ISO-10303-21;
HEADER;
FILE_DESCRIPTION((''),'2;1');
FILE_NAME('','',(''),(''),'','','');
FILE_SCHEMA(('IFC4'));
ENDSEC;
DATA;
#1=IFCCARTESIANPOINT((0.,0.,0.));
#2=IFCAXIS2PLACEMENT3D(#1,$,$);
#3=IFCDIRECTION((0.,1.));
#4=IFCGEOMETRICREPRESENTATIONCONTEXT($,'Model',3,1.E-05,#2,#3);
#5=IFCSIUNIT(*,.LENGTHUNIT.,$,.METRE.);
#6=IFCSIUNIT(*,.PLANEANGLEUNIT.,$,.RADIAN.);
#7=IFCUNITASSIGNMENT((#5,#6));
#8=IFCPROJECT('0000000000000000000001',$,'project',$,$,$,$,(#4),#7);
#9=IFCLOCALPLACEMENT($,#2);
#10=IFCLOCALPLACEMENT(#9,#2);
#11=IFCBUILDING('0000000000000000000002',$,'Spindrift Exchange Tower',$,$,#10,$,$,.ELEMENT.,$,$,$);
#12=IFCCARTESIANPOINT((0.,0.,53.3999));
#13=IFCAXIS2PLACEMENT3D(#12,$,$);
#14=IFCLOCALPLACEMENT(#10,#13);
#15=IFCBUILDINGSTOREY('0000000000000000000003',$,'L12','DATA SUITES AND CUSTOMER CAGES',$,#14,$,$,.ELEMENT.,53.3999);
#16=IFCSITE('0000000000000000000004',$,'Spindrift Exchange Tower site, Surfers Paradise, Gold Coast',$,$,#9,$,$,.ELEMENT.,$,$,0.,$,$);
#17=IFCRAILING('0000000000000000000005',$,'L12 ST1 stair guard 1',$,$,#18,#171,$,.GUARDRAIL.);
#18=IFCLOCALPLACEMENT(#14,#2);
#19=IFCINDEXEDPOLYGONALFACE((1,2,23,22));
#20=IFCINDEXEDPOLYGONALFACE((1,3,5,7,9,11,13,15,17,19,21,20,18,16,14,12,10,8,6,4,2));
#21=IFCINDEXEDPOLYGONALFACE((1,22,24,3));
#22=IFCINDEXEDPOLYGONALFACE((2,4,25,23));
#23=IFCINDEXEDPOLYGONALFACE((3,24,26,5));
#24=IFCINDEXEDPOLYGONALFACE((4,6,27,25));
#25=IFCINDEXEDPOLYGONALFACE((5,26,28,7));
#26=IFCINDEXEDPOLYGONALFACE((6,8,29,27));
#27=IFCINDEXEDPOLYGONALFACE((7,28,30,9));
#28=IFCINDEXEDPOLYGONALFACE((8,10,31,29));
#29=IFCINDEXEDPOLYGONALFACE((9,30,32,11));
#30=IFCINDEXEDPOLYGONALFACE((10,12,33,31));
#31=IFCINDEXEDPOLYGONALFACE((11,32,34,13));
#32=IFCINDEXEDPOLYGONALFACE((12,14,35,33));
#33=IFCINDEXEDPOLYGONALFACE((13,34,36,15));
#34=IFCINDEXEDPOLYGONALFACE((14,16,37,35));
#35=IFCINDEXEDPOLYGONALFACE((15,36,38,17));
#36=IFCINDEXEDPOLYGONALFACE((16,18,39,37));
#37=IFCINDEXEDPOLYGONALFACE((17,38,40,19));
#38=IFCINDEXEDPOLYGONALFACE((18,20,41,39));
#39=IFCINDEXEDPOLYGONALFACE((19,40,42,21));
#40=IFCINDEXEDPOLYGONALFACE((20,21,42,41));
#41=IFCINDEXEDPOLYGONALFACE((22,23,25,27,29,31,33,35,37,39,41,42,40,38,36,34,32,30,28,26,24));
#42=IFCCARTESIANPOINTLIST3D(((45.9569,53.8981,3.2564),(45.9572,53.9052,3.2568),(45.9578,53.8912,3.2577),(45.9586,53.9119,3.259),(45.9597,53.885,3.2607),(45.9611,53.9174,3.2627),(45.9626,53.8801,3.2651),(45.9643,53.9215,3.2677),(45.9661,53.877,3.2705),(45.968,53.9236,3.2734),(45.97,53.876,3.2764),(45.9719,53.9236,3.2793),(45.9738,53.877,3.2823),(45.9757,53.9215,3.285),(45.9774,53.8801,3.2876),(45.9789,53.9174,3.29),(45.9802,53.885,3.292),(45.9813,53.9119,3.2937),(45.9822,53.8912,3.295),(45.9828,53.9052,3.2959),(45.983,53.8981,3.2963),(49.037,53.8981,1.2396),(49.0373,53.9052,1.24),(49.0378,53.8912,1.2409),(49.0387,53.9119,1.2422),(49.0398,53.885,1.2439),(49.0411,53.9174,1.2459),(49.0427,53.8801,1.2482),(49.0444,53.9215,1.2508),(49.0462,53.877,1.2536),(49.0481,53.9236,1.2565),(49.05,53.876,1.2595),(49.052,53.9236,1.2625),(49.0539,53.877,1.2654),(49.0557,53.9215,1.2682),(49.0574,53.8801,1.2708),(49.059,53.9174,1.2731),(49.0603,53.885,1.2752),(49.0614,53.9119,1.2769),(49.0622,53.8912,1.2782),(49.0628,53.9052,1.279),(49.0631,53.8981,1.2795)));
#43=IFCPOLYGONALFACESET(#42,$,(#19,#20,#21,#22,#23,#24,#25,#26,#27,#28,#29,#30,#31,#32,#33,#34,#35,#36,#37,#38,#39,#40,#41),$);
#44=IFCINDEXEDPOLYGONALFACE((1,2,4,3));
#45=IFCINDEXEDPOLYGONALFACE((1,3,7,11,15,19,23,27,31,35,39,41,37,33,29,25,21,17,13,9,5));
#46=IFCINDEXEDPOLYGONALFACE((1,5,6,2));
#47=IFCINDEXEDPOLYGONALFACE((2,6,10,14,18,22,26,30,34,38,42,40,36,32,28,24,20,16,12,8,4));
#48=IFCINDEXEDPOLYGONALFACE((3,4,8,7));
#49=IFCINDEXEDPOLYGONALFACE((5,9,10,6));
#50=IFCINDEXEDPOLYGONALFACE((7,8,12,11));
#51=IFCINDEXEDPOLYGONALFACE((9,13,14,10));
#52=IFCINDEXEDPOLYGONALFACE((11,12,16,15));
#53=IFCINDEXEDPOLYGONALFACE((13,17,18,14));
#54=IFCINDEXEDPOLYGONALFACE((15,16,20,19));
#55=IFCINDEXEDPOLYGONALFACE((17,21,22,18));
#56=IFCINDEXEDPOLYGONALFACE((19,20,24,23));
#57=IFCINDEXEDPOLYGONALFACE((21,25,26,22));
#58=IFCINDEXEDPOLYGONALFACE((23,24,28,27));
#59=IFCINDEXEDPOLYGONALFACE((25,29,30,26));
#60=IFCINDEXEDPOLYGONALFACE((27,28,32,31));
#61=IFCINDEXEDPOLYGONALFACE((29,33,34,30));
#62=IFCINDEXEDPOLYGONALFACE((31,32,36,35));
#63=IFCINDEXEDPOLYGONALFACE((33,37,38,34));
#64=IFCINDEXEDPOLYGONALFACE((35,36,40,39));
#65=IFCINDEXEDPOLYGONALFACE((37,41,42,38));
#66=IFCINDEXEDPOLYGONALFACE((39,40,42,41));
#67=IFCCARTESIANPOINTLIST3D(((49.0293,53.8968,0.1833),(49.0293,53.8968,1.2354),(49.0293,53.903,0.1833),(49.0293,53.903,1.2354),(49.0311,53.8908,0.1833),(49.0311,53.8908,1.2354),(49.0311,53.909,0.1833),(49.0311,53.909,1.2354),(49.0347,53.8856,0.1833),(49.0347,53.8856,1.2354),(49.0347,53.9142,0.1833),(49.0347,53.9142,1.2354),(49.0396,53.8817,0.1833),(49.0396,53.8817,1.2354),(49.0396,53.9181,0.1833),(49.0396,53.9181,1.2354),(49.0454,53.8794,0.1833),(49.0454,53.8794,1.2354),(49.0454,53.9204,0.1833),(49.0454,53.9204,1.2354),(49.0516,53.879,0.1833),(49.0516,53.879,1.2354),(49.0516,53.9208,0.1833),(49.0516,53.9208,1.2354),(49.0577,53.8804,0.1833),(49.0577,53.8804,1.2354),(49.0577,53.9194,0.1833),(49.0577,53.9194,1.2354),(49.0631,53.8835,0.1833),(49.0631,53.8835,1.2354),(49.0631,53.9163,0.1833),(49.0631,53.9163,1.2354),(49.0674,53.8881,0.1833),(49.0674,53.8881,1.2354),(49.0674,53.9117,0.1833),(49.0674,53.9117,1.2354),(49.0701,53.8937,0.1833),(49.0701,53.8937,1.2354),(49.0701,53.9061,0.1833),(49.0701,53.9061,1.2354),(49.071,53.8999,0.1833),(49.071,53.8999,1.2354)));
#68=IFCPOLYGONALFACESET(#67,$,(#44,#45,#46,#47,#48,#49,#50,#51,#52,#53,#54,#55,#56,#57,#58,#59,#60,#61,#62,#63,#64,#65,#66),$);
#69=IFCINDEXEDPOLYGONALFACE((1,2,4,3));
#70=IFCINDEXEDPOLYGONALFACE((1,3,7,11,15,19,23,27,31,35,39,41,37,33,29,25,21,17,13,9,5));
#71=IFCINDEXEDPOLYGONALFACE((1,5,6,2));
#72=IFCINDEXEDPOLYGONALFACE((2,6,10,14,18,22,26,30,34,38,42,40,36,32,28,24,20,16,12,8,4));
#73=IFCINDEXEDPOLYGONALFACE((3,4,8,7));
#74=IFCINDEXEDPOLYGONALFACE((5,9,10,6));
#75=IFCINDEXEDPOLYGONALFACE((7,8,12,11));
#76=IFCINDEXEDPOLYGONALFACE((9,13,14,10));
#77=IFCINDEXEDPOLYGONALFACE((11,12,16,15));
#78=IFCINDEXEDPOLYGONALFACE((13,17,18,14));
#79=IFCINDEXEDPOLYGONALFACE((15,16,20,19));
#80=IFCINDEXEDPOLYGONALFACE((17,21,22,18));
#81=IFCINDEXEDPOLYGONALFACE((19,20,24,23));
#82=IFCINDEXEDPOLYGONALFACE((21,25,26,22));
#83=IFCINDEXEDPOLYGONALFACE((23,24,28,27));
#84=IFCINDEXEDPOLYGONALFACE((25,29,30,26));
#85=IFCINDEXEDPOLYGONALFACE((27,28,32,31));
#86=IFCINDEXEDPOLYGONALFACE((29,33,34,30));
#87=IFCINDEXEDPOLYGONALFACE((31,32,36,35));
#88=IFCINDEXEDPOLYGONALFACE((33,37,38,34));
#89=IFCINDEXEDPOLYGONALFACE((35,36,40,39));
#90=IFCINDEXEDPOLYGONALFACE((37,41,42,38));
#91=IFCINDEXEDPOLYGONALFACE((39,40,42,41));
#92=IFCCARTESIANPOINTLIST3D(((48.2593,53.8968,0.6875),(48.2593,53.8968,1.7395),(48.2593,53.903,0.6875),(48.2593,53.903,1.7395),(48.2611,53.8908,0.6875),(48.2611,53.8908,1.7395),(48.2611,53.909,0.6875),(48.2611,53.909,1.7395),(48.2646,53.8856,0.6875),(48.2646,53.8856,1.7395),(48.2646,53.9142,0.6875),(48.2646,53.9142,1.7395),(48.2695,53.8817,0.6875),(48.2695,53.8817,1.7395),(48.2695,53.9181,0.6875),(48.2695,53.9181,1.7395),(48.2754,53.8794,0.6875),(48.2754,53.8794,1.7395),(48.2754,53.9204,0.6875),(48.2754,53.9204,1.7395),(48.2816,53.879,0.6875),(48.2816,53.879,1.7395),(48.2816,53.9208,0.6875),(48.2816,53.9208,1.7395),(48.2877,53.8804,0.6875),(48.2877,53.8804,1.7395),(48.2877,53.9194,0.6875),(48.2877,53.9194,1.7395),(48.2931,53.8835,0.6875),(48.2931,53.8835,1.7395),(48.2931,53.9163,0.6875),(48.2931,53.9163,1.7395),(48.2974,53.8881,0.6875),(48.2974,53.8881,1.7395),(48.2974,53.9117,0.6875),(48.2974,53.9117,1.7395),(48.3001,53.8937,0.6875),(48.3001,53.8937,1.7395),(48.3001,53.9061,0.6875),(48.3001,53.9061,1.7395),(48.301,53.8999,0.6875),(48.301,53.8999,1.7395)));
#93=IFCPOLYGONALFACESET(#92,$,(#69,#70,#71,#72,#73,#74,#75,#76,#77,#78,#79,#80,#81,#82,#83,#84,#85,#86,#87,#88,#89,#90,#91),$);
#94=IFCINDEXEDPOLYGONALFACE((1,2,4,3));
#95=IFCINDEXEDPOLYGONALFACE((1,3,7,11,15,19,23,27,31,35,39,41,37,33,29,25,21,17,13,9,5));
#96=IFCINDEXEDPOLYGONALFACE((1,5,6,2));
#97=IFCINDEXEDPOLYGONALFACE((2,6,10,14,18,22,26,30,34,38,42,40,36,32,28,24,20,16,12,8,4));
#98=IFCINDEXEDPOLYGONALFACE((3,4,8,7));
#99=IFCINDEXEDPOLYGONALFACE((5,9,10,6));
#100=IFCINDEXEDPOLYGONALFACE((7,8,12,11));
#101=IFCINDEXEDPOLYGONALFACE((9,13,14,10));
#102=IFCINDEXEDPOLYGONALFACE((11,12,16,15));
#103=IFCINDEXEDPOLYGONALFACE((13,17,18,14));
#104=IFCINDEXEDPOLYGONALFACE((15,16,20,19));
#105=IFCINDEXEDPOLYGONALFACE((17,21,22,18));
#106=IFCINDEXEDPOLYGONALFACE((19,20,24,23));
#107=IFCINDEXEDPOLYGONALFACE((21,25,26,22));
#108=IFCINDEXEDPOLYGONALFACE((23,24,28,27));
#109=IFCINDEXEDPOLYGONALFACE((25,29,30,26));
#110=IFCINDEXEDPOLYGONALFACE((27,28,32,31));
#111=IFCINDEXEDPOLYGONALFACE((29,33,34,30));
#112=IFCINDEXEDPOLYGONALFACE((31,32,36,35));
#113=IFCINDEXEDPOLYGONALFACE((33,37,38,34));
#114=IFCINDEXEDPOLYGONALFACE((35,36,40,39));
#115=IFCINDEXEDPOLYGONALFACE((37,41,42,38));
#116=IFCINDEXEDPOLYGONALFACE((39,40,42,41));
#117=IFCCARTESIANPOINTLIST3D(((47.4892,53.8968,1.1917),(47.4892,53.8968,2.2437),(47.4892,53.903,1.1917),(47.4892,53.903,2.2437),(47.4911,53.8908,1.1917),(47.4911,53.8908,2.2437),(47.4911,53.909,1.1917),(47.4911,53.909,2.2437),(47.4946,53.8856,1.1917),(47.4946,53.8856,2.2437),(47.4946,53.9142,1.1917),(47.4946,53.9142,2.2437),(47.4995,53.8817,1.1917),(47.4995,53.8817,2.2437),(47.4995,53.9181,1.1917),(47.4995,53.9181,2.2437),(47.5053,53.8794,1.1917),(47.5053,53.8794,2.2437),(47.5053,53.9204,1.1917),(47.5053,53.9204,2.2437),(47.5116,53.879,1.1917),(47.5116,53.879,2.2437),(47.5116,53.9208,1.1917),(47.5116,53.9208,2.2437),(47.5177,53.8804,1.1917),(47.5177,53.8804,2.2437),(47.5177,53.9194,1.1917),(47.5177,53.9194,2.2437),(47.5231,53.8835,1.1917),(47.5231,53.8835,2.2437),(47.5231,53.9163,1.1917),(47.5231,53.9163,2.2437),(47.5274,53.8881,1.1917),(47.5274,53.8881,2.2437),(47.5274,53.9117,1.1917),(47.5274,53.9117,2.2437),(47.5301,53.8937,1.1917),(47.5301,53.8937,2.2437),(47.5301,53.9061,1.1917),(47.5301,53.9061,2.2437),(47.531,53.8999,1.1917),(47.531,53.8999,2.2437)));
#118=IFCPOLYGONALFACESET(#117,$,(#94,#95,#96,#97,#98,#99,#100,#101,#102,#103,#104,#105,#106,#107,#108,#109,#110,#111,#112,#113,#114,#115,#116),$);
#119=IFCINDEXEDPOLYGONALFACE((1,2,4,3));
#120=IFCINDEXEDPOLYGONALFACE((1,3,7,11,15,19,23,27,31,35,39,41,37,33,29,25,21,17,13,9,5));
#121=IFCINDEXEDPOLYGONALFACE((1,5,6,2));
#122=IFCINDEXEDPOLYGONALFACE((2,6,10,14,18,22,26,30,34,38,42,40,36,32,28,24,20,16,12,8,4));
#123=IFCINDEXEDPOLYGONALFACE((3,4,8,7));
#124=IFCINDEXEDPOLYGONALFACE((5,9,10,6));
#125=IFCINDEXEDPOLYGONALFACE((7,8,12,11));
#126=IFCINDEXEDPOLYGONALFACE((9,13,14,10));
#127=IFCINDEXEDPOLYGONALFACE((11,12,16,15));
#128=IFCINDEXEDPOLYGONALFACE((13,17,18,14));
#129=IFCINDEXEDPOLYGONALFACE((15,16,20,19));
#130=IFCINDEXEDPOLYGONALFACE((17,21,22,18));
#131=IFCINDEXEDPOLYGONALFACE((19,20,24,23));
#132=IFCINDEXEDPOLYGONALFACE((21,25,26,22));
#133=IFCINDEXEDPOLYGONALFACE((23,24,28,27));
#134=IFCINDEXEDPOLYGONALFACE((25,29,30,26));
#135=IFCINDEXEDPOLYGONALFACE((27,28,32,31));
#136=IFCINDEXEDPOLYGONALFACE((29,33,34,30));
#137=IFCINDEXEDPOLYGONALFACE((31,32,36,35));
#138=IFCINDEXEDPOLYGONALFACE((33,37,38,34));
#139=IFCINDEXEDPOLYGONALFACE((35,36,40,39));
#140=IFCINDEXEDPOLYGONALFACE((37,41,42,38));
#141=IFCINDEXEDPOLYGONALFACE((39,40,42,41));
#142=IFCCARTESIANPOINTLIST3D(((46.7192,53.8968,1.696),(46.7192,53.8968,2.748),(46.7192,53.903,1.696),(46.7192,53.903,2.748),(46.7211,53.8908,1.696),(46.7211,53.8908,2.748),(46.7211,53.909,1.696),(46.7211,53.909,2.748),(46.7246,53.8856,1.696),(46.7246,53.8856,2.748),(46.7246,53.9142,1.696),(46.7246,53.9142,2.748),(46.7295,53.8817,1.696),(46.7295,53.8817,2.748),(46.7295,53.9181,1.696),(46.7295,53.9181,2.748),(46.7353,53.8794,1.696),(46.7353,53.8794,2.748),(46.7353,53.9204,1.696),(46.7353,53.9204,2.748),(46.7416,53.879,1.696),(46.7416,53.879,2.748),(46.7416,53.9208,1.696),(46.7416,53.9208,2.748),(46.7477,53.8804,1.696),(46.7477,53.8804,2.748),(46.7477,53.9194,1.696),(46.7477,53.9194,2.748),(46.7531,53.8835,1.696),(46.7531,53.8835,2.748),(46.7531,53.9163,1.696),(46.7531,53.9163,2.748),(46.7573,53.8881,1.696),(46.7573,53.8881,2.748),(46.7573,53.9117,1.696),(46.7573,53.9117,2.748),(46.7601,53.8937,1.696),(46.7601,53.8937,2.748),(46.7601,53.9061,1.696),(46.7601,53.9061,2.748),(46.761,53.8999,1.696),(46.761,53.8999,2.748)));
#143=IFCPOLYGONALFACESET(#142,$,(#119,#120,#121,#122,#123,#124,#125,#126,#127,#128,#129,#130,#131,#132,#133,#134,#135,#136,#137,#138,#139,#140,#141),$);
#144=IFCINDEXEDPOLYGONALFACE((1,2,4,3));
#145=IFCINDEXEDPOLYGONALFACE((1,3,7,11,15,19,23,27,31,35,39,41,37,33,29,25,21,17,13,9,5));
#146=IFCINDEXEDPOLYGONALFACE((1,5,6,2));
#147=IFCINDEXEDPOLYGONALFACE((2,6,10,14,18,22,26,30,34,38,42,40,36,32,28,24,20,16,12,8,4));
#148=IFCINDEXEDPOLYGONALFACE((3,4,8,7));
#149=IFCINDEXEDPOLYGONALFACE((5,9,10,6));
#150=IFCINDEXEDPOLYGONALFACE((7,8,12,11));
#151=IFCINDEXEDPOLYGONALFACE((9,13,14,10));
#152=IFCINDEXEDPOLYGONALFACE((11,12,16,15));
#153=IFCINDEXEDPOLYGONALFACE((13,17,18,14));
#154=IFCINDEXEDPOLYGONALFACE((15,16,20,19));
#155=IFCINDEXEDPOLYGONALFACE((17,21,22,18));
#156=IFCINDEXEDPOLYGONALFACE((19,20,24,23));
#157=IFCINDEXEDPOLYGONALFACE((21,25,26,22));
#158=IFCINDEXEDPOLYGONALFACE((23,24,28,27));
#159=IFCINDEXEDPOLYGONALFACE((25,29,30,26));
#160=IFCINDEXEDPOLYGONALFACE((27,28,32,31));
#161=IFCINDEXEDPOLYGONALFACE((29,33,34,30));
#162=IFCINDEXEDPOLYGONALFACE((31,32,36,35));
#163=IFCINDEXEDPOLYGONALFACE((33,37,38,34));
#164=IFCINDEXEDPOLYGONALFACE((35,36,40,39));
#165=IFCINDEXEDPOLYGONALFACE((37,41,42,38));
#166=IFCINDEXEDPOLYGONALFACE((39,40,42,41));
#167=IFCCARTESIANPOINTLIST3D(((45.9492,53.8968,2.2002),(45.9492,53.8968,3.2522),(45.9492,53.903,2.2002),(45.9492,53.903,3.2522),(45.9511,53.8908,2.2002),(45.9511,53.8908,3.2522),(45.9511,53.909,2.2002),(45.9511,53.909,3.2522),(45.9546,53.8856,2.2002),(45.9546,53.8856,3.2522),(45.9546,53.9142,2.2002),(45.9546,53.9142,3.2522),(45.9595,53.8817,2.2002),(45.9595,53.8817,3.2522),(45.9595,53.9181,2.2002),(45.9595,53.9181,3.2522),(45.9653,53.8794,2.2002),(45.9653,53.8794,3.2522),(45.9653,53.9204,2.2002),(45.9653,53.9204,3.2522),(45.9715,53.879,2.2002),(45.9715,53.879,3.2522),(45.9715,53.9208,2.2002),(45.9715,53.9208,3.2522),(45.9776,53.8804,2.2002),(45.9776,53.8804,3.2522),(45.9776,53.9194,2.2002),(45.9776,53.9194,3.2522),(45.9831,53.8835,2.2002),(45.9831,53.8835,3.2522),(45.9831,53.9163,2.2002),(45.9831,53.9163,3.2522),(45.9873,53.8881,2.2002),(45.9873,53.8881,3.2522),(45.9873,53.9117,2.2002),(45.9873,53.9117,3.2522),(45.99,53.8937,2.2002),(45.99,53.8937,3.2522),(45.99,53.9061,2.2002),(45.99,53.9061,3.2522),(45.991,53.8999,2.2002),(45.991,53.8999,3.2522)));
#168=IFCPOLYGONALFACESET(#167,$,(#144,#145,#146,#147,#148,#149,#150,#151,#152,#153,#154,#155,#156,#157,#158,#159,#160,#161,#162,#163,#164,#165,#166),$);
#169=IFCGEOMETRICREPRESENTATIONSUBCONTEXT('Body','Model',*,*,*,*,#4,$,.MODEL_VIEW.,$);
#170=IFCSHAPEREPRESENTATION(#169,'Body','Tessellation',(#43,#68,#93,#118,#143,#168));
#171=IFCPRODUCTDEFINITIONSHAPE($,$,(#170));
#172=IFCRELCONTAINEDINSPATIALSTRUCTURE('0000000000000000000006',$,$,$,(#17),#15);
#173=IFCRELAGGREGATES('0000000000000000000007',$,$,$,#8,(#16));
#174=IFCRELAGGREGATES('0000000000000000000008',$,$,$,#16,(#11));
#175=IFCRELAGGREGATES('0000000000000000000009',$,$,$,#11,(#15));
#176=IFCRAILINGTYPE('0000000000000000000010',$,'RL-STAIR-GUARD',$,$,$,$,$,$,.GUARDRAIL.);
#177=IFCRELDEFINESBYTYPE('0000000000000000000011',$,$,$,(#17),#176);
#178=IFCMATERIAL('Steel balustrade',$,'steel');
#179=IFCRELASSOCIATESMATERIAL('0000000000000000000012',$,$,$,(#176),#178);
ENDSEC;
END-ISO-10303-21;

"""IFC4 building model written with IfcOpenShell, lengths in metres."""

from ifc_helpers import new_model, si_unit, direction, frame, origin, origin_2d, place, context, subcontext, project, spatial, circle, extrude, material, type_object, element, save


model = new_model("IFC4")

# Units and contexts
model_context = context("Model", 3, precision=1e-05, world=origin(), true_north=direction((0.0, 1.0)))
body_context = subcontext(model_context, "Body", "Model", "MODEL_VIEW")
ifc_project = project(units=[si_unit("LENGTHUNIT", "METRE"), si_unit("PLANEANGLEUNIT", "RADIAN")], contexts=[model_context])

# Site, building, storey
site_placement = place(None, origin())
site = spatial("IfcSite", under=ifc_project, at=site_placement, Name="Spindrift Exchange Tower site, Surfers Paradise, Gold Coast", CompositionType="ELEMENT", RefElevation=0.0)
building_placement = place(site_placement, origin())
building = spatial("IfcBuilding", under=site, at=building_placement, Name="Spindrift Exchange Tower", CompositionType="ELEMENT")
storey_placement = place(building_placement, frame((0.0, 0.0, 53.3999)))
storey = spatial("IfcBuildingStorey", under=building, at=storey_placement, Name="L12", Description="DATA SUITES AND CUSTOMER CAGES", CompositionType="ELEMENT", Elevation=53.3999)

# Railing
ifc_material_1 = material(Name="Steel balustrade", Category="steel")
railing_type_1 = type_object("IfcRailingType", Name="RL-STAIR-GUARD", PredefinedType="GUARDRAIL", material=ifc_material_1)
railing_1_placement = place(storey_placement, frame((49.05, 53.8999, 0.1833)))
element("IfcRailing", 1, at=railing_1_placement, inside=storey, type_object=railing_type_1, Name="L12 ST1 stair guard 1", PredefinedType="GUARDRAIL", context=body_context, shape_type="SweptSolid", body=[
    extrude(circle(Radius=0.0239, at=origin_2d()), frame((0.0, 0.0, 1.0762), z_axis=(-0.836603, 0.0, 0.54781), x_axis=(0.0, -1.0, 0.0)), (0.0, 0.0, 1.0), 3.6816),
    extrude(circle(Radius=0.021, at=origin_2d()), origin(), (0.0, 0.0, 1.0), 1.052),
    extrude(circle(Radius=0.021, at=origin_2d()), frame((-0.77, 0.0, 0.5042)), (0.0, 0.0, 1.0), 1.052),
    extrude(circle(Radius=0.021, at=origin_2d()), frame((-1.54, 0.0, 1.0083)), (0.0, 0.0, 1.0), 1.052),
    extrude(circle(Radius=0.021, at=origin_2d()), frame((-2.3101, 0.0, 1.5127)), (0.0, 0.0, 1.0), 1.052),
    extrude(circle(Radius=0.021, at=origin_2d()), frame((-3.0801, 0.0, 2.0168)), (0.0, 0.0, 1.0), 1.052),
])

save(model, "model.ifc")
